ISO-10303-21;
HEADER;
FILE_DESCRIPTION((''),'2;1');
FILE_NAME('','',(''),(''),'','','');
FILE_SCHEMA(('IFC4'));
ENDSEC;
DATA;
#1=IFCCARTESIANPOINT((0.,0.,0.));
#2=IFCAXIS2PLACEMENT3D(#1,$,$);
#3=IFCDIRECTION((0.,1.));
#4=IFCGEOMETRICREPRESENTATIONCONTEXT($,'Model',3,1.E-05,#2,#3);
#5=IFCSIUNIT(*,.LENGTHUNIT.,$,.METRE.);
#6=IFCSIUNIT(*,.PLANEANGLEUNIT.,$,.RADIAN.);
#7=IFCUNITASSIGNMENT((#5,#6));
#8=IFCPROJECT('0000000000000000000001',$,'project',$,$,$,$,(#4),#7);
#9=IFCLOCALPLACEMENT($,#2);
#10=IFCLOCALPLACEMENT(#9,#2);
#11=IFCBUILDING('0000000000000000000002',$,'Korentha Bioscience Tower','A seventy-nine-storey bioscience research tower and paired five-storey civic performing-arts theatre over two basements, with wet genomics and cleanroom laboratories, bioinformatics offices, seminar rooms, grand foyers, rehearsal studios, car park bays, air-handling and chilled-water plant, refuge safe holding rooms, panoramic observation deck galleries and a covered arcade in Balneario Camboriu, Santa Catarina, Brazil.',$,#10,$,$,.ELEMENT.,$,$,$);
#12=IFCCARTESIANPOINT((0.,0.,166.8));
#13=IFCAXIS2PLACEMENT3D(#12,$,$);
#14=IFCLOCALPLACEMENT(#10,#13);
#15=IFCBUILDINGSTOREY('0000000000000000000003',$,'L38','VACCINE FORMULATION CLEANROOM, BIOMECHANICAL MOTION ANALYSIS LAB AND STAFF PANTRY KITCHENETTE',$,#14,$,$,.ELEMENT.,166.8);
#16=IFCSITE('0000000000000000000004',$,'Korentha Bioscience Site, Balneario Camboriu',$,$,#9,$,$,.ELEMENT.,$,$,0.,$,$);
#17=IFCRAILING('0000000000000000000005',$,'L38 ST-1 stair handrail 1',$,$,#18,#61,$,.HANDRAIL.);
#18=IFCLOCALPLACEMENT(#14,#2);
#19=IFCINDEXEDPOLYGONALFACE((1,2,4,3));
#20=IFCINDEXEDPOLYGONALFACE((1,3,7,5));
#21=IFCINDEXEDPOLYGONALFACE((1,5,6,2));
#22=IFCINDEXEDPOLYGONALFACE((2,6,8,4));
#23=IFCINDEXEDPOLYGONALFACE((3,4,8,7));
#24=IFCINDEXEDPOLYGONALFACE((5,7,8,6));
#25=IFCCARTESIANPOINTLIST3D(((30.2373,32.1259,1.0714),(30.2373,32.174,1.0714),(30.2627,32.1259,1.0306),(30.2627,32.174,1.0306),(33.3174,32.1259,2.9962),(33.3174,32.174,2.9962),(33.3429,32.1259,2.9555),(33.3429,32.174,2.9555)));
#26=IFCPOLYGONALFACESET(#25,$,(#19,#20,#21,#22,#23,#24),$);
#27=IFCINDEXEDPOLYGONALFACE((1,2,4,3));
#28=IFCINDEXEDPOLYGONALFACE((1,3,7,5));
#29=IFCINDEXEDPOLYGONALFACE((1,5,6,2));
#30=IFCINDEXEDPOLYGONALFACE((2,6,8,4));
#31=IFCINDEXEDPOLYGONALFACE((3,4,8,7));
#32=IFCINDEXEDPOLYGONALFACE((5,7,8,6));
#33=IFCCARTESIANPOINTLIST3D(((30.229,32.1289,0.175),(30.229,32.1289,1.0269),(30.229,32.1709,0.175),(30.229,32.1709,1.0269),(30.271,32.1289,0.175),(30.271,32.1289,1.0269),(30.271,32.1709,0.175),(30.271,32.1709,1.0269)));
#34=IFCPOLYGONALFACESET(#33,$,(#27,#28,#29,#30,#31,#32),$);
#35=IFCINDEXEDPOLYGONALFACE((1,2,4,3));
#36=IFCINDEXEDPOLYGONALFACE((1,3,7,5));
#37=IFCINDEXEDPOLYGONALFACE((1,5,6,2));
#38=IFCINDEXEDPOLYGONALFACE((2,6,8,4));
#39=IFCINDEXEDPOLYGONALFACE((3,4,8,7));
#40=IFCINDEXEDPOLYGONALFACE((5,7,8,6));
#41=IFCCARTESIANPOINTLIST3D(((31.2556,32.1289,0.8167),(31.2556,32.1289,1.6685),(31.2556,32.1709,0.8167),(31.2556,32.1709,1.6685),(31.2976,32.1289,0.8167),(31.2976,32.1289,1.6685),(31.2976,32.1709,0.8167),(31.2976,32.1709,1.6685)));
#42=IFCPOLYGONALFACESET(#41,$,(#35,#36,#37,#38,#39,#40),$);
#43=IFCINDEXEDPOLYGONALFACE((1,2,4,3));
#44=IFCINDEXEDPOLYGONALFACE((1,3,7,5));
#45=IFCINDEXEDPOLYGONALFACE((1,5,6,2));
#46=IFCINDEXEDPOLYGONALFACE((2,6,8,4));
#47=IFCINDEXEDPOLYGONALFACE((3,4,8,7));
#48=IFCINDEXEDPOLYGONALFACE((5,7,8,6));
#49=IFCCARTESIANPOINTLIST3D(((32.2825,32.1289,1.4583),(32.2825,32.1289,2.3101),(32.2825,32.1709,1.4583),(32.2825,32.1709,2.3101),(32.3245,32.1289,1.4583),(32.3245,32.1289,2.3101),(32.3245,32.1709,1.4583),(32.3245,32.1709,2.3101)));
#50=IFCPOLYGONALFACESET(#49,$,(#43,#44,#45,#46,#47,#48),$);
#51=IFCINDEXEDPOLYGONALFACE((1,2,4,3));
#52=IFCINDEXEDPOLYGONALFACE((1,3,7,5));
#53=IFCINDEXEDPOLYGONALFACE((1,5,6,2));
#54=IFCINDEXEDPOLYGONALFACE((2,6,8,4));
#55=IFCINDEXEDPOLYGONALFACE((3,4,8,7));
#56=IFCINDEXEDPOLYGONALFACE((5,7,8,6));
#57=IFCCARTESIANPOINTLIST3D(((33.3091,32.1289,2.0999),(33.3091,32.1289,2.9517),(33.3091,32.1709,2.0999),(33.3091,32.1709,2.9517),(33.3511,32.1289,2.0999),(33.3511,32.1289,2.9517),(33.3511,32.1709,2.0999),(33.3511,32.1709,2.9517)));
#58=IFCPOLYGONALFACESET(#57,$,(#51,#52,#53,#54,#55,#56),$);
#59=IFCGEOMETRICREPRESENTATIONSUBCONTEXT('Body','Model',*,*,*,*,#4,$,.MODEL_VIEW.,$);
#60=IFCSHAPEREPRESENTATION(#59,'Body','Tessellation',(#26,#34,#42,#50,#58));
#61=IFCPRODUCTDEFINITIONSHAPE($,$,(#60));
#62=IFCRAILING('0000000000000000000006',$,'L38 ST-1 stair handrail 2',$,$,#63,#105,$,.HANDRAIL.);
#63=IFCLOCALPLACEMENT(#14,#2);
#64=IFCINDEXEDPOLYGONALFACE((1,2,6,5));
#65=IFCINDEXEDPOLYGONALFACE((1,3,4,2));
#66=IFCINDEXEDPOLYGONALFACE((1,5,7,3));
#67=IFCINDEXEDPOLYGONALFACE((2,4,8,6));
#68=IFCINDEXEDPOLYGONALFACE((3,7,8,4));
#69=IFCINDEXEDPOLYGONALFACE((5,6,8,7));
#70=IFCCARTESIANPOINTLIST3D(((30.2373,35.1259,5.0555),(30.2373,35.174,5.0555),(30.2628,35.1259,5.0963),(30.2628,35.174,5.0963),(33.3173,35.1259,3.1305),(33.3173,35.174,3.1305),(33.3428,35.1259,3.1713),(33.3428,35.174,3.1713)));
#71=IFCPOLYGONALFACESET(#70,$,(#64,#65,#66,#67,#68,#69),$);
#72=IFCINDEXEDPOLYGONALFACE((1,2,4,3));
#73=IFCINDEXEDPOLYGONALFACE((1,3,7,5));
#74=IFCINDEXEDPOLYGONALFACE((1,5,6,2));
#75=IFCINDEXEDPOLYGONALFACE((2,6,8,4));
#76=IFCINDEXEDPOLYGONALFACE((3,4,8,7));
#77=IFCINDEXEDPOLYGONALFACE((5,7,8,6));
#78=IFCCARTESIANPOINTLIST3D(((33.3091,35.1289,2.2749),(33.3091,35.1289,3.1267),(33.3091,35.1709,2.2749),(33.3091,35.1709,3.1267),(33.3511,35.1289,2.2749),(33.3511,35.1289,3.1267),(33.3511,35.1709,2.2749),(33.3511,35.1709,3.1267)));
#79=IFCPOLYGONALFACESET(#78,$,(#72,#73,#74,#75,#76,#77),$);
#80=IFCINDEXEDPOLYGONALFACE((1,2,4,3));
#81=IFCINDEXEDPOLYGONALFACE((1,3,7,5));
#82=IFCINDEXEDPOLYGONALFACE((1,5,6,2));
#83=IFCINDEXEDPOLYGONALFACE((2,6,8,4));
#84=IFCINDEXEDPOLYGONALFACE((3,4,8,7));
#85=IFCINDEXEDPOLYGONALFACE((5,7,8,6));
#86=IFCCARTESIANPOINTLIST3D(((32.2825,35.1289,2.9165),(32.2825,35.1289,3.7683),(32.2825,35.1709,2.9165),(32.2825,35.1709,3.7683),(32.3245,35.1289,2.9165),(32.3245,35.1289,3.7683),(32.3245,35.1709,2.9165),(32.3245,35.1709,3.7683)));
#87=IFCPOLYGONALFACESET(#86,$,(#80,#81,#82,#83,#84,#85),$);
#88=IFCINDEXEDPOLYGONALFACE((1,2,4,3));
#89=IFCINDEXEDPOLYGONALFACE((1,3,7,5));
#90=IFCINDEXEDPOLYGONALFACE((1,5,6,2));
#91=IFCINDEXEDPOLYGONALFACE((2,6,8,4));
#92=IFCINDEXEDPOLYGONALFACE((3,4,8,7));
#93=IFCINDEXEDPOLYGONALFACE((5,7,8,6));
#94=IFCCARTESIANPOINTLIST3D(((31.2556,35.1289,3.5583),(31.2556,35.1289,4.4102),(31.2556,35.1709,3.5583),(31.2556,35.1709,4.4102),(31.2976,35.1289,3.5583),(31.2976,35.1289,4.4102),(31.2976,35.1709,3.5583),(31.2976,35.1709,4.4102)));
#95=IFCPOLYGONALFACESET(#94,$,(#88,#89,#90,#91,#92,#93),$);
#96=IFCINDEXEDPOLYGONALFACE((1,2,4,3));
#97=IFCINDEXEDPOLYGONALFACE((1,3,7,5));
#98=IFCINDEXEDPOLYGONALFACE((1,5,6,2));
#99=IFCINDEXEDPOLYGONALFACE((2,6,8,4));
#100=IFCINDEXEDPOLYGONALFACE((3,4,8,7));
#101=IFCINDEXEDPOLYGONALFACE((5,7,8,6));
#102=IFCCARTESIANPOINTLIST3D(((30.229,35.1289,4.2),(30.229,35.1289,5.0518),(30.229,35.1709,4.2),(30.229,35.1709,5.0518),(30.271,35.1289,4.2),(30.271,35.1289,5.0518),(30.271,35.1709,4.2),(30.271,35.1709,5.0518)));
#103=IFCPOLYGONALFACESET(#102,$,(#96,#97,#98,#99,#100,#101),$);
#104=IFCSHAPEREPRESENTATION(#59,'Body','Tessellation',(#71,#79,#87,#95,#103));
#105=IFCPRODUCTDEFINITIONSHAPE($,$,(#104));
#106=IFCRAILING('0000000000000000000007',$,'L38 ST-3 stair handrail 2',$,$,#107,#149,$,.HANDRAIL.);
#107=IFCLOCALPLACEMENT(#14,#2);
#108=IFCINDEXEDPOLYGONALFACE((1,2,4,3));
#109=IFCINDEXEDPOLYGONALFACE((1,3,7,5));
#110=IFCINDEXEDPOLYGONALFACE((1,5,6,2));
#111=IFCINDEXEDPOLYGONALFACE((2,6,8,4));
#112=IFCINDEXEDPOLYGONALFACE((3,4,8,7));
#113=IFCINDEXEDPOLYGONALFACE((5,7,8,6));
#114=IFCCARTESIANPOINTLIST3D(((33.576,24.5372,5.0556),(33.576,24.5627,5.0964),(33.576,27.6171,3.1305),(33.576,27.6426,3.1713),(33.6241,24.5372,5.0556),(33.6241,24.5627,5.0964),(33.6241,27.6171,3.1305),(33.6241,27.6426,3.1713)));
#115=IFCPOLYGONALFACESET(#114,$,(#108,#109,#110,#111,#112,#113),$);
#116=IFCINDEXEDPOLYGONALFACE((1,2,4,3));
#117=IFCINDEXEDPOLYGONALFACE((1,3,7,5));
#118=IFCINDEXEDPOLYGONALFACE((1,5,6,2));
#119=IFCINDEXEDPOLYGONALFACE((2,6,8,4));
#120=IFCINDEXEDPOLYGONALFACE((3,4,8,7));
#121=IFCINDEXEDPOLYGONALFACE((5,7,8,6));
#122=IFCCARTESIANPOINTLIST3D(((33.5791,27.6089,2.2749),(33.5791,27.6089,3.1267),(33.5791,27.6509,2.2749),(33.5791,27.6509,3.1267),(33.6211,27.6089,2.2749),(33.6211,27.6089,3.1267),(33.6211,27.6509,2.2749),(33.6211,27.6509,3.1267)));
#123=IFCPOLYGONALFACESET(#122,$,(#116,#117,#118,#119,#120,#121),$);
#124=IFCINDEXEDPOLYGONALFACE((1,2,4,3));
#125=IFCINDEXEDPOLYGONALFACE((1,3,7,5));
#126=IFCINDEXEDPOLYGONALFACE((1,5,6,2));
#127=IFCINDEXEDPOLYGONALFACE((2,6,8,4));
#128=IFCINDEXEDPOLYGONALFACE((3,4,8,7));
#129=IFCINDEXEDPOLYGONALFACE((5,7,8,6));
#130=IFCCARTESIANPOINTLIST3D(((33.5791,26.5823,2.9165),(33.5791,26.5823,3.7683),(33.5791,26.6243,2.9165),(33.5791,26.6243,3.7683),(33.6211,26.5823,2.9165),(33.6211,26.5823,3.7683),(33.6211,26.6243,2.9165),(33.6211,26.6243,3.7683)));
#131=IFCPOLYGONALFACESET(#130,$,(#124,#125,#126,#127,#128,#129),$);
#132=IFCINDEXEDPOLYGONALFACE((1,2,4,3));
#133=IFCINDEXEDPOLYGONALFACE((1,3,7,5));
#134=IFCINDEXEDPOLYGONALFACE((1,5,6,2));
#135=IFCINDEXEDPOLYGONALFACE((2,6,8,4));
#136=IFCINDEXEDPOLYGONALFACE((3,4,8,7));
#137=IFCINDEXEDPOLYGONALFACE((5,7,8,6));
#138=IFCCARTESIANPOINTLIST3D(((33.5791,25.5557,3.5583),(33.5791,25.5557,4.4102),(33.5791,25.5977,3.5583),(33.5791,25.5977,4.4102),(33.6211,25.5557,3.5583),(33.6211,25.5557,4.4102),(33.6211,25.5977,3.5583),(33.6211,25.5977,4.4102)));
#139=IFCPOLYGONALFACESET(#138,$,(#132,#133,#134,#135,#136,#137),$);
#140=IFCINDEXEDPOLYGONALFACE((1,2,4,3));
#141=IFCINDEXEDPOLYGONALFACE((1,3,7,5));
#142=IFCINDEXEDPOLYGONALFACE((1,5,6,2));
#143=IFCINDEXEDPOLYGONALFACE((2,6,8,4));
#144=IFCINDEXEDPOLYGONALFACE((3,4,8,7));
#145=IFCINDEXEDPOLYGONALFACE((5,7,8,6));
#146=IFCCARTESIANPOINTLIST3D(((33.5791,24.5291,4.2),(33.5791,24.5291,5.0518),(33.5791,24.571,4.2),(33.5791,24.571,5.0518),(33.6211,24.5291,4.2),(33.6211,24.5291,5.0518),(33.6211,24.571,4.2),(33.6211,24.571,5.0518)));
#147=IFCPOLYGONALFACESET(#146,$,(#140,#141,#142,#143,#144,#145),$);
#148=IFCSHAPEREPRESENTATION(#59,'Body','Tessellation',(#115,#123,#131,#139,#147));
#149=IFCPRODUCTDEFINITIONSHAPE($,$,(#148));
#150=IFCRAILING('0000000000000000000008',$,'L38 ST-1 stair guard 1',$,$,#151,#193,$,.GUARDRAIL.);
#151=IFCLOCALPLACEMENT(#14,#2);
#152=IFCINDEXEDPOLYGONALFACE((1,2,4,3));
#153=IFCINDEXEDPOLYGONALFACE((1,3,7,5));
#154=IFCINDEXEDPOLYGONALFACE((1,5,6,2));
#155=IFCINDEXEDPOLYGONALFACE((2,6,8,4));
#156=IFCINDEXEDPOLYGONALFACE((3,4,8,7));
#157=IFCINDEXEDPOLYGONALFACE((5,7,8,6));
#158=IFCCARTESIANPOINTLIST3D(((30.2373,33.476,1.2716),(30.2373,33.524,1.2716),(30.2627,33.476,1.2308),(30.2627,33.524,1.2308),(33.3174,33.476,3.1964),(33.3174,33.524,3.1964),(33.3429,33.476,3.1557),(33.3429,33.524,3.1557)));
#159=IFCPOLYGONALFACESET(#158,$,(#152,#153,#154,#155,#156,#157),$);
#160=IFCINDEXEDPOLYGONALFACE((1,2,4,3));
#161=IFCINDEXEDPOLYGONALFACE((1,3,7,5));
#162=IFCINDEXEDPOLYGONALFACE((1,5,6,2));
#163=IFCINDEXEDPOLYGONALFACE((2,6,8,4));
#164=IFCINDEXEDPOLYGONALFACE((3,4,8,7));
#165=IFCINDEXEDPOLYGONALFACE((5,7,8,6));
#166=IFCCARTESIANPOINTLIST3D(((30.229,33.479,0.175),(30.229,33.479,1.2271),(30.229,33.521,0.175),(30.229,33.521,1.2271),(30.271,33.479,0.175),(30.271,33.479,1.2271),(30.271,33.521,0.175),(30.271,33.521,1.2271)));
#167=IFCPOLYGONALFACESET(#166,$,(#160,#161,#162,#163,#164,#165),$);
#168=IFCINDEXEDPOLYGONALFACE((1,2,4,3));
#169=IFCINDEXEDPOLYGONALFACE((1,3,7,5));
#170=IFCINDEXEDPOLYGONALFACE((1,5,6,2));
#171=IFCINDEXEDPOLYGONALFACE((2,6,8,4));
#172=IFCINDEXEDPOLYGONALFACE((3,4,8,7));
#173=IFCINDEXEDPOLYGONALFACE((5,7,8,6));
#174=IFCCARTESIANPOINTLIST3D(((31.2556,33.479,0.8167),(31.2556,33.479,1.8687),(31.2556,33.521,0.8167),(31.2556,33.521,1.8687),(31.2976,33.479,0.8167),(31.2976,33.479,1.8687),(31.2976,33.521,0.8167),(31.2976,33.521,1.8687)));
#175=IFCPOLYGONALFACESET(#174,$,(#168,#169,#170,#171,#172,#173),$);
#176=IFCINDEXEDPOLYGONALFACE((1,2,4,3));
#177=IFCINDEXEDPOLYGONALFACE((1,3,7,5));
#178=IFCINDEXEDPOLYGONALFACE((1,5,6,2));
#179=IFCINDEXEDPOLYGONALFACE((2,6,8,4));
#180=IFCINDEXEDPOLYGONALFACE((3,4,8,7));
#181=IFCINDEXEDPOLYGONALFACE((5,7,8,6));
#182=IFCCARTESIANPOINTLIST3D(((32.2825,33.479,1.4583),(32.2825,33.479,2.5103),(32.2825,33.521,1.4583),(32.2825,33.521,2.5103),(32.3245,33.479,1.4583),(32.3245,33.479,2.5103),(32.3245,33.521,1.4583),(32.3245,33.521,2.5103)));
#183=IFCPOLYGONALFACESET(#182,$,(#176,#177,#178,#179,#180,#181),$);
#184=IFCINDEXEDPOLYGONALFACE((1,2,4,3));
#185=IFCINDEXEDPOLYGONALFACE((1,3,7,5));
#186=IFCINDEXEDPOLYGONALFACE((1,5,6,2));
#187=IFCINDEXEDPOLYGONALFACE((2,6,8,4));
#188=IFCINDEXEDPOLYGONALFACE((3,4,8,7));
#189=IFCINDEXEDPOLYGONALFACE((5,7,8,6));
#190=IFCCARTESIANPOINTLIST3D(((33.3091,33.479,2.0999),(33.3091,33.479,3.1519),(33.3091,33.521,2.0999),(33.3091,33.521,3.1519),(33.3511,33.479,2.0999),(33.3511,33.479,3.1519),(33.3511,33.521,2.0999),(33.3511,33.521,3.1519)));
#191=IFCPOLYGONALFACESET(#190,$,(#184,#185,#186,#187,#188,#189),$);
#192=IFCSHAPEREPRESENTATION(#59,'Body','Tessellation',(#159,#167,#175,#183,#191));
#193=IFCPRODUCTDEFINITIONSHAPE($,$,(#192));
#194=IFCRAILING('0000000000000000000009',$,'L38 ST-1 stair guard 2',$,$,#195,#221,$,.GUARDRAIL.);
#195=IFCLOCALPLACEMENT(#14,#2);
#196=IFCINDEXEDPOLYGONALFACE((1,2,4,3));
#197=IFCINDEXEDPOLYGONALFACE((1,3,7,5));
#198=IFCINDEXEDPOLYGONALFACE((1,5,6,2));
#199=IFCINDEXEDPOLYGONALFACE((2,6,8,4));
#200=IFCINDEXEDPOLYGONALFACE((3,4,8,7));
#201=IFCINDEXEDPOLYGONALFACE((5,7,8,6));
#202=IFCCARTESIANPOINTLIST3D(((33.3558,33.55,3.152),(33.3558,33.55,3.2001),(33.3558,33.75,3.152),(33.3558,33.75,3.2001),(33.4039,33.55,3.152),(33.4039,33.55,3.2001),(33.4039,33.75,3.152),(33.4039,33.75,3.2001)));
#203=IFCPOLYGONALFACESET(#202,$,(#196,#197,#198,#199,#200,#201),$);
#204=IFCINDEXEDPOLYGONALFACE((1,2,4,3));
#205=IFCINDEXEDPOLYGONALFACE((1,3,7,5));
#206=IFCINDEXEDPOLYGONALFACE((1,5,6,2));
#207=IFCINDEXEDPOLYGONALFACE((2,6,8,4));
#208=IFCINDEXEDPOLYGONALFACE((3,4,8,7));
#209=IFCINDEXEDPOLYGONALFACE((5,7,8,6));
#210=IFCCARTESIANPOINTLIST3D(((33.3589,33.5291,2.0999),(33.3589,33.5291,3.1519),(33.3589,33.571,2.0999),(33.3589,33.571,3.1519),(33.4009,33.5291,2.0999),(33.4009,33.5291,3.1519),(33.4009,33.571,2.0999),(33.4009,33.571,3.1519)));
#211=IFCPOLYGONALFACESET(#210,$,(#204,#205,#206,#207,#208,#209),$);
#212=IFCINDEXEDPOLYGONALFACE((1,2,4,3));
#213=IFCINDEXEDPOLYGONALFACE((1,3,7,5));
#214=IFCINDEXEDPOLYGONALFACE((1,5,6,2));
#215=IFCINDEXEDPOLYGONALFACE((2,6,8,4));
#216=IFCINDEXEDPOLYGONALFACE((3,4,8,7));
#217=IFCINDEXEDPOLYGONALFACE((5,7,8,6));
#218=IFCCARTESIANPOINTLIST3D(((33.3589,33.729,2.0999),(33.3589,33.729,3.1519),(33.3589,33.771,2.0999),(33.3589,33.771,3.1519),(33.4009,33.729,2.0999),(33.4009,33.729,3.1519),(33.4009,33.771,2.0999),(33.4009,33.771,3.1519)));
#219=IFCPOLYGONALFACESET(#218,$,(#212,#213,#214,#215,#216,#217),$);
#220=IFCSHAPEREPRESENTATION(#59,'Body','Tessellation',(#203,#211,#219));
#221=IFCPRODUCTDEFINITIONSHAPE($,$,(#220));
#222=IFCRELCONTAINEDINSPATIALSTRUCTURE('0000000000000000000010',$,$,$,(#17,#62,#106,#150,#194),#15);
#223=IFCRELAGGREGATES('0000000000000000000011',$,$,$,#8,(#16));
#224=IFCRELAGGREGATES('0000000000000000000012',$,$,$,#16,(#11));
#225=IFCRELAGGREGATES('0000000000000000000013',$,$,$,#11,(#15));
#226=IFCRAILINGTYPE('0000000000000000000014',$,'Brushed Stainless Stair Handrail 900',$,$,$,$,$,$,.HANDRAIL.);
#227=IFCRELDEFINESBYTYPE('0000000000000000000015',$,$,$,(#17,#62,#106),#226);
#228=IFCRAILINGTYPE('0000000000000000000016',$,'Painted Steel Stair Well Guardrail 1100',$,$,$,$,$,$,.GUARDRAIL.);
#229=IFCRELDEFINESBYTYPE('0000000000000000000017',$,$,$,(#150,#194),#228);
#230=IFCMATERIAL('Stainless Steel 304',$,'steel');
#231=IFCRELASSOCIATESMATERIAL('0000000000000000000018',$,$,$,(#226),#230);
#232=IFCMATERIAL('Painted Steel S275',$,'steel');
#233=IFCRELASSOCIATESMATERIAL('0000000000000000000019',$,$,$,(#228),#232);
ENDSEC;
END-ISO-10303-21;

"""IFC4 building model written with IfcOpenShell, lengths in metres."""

from ifc_helpers import new_model, si_unit, direction, frame, origin, origin_2d, place, context, subcontext, project, spatial, rectangle, extrude, material, type_object, element, save


model = new_model("IFC4")

# Units and contexts
model_context = context("Model", 3, precision=1e-05, world=origin(), true_north=direction((0.0, 1.0)))
body_context = subcontext(model_context, "Body", "Model", "MODEL_VIEW")
ifc_project = project(units=[si_unit("LENGTHUNIT", "METRE"), si_unit("PLANEANGLEUNIT", "RADIAN")], contexts=[model_context])

# Site, building, storey
site_placement = place(None, origin())
site = spatial("IfcSite", under=ifc_project, at=site_placement, Name="Korentha Bioscience Site, Balneario Camboriu", CompositionType="ELEMENT", RefElevation=0.0)
building_placement = place(site_placement, origin())
building = spatial("IfcBuilding", under=site, at=building_placement, Name="Korentha Bioscience Tower", Description="A seventy-nine-storey bioscience research tower and paired five-storey civic performing-arts theatre over two basements, with wet genomics and cleanroom laboratories, bioinformatics offices, seminar rooms, grand foyers, rehearsal studios, car park bays, air-handling and chilled-water plant, refuge safe holding rooms, panoramic observation deck galleries and a covered arcade in Balneario Camboriu, Santa Catarina, Brazil.", CompositionType="ELEMENT")
storey_placement = place(building_placement, frame((0.0, 0.0, 166.8)))
storey = spatial("IfcBuildingStorey", under=building, at=storey_placement, Name="L38", Description="VACCINE FORMULATION CLEANROOM, BIOMECHANICAL MOTION ANALYSIS LAB AND STAFF PANTRY KITCHENETTE", CompositionType="ELEMENT", Elevation=166.8)

# Railings
ifc_material_1 = material(Name="Stainless Steel 304", Category="steel")
railing_type_1 = type_object("IfcRailingType", Name="Brushed Stainless Stair Handrail 900", PredefinedType="HANDRAIL", material=ifc_material_1)
railing_1_placement = place(storey_placement, frame((30.25, 32.1499, 0.175)))
element("IfcRailing", 1, at=railing_1_placement, inside=storey, type_object=railing_type_1, Name="L38 ST-1 stair handrail 1", PredefinedType="HANDRAIL", context=body_context, shape_type="SweptSolid", body=[
    extrude(rectangle(XDim=0.0481, YDim=0.0481, at=origin_2d()), frame((0.0, 0.0, 0.876), z_axis=(0.848029, 0.0, 0.529951), x_axis=(0.0, 1.0, 0.0)), (0.0, 0.0, 1.0), 3.6321),
    extrude(rectangle(XDim=0.042, YDim=0.042, at=origin_2d()), origin(), (0.0, 0.0, 1.0), 0.8518),
    extrude(rectangle(XDim=0.042, YDim=0.042, at=origin_2d()), frame((1.0266, 0.0, 0.6416)), (0.0, 0.0, 1.0), 0.8518),
    extrude(rectangle(XDim=0.042, YDim=0.042, at=origin_2d()), frame((2.0535, 0.0, 1.2832)), (0.0, 0.0, 1.0), 0.8518),
    extrude(rectangle(XDim=0.042, YDim=0.042, at=origin_2d()), frame((3.0801, 0.0, 1.9248)), (0.0, 0.0, 1.0), 0.8518),
])
railing_2_placement = place(storey_placement, frame((33.3301, 35.1499, 2.2749)))
element("IfcRailing", 2, at=railing_2_placement, inside=storey, type_object=railing_type_1, Name="L38 ST-1 stair handrail 2", PredefinedType="HANDRAIL", context=body_context, shape_type="SweptSolid", body=[
    extrude(rectangle(XDim=0.0481, YDim=0.0481, at=origin_2d()), frame((0.0, 0.0, 0.876), z_axis=(-0.847998, 0.0, 0.529999), x_axis=(0.0, -1.0, 0.0)), (0.0, 0.0, 1.0), 3.6321),
    extrude(rectangle(XDim=0.042, YDim=0.042, at=origin_2d()), origin(), (0.0, 0.0, 1.0), 0.8518),
    extrude(rectangle(XDim=0.042, YDim=0.042, at=origin_2d()), frame((-1.0266, 0.0, 0.6416)), (0.0, 0.0, 1.0), 0.8518),
    extrude(rectangle(XDim=0.042, YDim=0.042, at=origin_2d()), frame((-2.0535, 0.0, 1.2834)), (0.0, 0.0, 1.0), 0.8518),
    extrude(rectangle(XDim=0.042, YDim=0.042, at=origin_2d()), frame((-3.0801, 0.0, 1.925)), (0.0, 0.0, 1.0), 0.8518),
])
railing_3_placement = place(storey_placement, frame((33.6001, 27.6299, 2.2749)))
element("IfcRailing", 3, at=railing_3_placement, inside=storey, type_object=railing_type_1, Name="L38 ST-3 stair handrail 2", PredefinedType="HANDRAIL", context=body_context, shape_type="SweptSolid", body=[
    extrude(rectangle(XDim=0.0481, YDim=0.0481, at=origin_2d()), frame((0.0, 0.0, 0.876), z_axis=(0.0, -0.847979, 0.530029), x_axis=(1.0, 0.0, 0.0)), (0.0, 0.0, 1.0), 3.6321),
    extrude(rectangle(XDim=0.042, YDim=0.042, at=origin_2d()), origin(), (0.0, 0.0, 1.0), 0.8518),
    extrude(rectangle(XDim=0.042, YDim=0.042, at=origin_2d()), frame((0.0, -1.0266, 0.6416)), (0.0, 0.0, 1.0), 0.8518),
    extrude(rectangle(XDim=0.042, YDim=0.042, at=origin_2d()), frame((0.0, -2.0532, 1.2834)), (0.0, 0.0, 1.0), 0.8518),
    extrude(rectangle(XDim=0.042, YDim=0.042, at=origin_2d()), frame((0.0, -3.0798, 1.925)), (0.0, 0.0, 1.0), 0.8518),
])
ifc_material_2 = material(Name="Painted Steel S275", Category="steel")
railing_type_2 = type_object("IfcRailingType", Name="Painted Steel Stair Well Guardrail 1100", PredefinedType="GUARDRAIL", material=ifc_material_2)
railing_4_placement = place(storey_placement, frame((30.25, 33.5, 0.175)))
element("IfcRailing", 4, at=railing_4_placement, inside=storey, type_object=railing_type_2, Name="L38 ST-1 stair guard 1", PredefinedType="GUARDRAIL", context=body_context, shape_type="SweptSolid", body=[
    extrude(rectangle(XDim=0.0481, YDim=0.0481, at=origin_2d()), frame((0.0, 0.0, 1.0762), z_axis=(0.848029, 0.0, 0.529951), x_axis=(0.0, 1.0, 0.0)), (0.0, 0.0, 1.0), 3.6321),
    extrude(rectangle(XDim=0.042, YDim=0.042, at=origin_2d()), origin(), (0.0, 0.0, 1.0), 1.052),
    extrude(rectangle(XDim=0.042, YDim=0.042, at=origin_2d()), frame((1.0266, 0.0, 0.6416)), (0.0, 0.0, 1.0), 1.052),
    extrude(rectangle(XDim=0.042, YDim=0.042, at=origin_2d()), frame((2.0535, 0.0, 1.2832)), (0.0, 0.0, 1.0), 1.052),
    extrude(rectangle(XDim=0.042, YDim=0.042, at=origin_2d()), frame((3.0801, 0.0, 1.9248)), (0.0, 0.0, 1.0), 1.052),
])
railing_5_placement = place(storey_placement, frame((33.3799, 33.55, 2.0999)))
element("IfcRailing", 5, at=railing_5_placement, inside=storey, type_object=railing_type_2, Name="L38 ST-1 stair guard 2", PredefinedType="GUARDRAIL", context=body_context, shape_type="SweptSolid", body=[
    extrude(rectangle(XDim=0.0481, YDim=0.0481, at=origin_2d()), frame((0.0, 0.0, 1.0762), z_axis=(0.0, 1.0, 0.0), x_axis=(-1.0, 0.0, 0.0)), (0.0, 0.0, 1.0), 0.2),
    extrude(rectangle(XDim=0.042, YDim=0.042, at=origin_2d()), origin(), (0.0, 0.0, 1.0), 1.052),
    extrude(rectangle(XDim=0.042, YDim=0.042, at=origin_2d()), frame((0.0, 0.2, 0.0)), (0.0, 0.0, 1.0), 1.052),
])

save(model, "model.ifc")
